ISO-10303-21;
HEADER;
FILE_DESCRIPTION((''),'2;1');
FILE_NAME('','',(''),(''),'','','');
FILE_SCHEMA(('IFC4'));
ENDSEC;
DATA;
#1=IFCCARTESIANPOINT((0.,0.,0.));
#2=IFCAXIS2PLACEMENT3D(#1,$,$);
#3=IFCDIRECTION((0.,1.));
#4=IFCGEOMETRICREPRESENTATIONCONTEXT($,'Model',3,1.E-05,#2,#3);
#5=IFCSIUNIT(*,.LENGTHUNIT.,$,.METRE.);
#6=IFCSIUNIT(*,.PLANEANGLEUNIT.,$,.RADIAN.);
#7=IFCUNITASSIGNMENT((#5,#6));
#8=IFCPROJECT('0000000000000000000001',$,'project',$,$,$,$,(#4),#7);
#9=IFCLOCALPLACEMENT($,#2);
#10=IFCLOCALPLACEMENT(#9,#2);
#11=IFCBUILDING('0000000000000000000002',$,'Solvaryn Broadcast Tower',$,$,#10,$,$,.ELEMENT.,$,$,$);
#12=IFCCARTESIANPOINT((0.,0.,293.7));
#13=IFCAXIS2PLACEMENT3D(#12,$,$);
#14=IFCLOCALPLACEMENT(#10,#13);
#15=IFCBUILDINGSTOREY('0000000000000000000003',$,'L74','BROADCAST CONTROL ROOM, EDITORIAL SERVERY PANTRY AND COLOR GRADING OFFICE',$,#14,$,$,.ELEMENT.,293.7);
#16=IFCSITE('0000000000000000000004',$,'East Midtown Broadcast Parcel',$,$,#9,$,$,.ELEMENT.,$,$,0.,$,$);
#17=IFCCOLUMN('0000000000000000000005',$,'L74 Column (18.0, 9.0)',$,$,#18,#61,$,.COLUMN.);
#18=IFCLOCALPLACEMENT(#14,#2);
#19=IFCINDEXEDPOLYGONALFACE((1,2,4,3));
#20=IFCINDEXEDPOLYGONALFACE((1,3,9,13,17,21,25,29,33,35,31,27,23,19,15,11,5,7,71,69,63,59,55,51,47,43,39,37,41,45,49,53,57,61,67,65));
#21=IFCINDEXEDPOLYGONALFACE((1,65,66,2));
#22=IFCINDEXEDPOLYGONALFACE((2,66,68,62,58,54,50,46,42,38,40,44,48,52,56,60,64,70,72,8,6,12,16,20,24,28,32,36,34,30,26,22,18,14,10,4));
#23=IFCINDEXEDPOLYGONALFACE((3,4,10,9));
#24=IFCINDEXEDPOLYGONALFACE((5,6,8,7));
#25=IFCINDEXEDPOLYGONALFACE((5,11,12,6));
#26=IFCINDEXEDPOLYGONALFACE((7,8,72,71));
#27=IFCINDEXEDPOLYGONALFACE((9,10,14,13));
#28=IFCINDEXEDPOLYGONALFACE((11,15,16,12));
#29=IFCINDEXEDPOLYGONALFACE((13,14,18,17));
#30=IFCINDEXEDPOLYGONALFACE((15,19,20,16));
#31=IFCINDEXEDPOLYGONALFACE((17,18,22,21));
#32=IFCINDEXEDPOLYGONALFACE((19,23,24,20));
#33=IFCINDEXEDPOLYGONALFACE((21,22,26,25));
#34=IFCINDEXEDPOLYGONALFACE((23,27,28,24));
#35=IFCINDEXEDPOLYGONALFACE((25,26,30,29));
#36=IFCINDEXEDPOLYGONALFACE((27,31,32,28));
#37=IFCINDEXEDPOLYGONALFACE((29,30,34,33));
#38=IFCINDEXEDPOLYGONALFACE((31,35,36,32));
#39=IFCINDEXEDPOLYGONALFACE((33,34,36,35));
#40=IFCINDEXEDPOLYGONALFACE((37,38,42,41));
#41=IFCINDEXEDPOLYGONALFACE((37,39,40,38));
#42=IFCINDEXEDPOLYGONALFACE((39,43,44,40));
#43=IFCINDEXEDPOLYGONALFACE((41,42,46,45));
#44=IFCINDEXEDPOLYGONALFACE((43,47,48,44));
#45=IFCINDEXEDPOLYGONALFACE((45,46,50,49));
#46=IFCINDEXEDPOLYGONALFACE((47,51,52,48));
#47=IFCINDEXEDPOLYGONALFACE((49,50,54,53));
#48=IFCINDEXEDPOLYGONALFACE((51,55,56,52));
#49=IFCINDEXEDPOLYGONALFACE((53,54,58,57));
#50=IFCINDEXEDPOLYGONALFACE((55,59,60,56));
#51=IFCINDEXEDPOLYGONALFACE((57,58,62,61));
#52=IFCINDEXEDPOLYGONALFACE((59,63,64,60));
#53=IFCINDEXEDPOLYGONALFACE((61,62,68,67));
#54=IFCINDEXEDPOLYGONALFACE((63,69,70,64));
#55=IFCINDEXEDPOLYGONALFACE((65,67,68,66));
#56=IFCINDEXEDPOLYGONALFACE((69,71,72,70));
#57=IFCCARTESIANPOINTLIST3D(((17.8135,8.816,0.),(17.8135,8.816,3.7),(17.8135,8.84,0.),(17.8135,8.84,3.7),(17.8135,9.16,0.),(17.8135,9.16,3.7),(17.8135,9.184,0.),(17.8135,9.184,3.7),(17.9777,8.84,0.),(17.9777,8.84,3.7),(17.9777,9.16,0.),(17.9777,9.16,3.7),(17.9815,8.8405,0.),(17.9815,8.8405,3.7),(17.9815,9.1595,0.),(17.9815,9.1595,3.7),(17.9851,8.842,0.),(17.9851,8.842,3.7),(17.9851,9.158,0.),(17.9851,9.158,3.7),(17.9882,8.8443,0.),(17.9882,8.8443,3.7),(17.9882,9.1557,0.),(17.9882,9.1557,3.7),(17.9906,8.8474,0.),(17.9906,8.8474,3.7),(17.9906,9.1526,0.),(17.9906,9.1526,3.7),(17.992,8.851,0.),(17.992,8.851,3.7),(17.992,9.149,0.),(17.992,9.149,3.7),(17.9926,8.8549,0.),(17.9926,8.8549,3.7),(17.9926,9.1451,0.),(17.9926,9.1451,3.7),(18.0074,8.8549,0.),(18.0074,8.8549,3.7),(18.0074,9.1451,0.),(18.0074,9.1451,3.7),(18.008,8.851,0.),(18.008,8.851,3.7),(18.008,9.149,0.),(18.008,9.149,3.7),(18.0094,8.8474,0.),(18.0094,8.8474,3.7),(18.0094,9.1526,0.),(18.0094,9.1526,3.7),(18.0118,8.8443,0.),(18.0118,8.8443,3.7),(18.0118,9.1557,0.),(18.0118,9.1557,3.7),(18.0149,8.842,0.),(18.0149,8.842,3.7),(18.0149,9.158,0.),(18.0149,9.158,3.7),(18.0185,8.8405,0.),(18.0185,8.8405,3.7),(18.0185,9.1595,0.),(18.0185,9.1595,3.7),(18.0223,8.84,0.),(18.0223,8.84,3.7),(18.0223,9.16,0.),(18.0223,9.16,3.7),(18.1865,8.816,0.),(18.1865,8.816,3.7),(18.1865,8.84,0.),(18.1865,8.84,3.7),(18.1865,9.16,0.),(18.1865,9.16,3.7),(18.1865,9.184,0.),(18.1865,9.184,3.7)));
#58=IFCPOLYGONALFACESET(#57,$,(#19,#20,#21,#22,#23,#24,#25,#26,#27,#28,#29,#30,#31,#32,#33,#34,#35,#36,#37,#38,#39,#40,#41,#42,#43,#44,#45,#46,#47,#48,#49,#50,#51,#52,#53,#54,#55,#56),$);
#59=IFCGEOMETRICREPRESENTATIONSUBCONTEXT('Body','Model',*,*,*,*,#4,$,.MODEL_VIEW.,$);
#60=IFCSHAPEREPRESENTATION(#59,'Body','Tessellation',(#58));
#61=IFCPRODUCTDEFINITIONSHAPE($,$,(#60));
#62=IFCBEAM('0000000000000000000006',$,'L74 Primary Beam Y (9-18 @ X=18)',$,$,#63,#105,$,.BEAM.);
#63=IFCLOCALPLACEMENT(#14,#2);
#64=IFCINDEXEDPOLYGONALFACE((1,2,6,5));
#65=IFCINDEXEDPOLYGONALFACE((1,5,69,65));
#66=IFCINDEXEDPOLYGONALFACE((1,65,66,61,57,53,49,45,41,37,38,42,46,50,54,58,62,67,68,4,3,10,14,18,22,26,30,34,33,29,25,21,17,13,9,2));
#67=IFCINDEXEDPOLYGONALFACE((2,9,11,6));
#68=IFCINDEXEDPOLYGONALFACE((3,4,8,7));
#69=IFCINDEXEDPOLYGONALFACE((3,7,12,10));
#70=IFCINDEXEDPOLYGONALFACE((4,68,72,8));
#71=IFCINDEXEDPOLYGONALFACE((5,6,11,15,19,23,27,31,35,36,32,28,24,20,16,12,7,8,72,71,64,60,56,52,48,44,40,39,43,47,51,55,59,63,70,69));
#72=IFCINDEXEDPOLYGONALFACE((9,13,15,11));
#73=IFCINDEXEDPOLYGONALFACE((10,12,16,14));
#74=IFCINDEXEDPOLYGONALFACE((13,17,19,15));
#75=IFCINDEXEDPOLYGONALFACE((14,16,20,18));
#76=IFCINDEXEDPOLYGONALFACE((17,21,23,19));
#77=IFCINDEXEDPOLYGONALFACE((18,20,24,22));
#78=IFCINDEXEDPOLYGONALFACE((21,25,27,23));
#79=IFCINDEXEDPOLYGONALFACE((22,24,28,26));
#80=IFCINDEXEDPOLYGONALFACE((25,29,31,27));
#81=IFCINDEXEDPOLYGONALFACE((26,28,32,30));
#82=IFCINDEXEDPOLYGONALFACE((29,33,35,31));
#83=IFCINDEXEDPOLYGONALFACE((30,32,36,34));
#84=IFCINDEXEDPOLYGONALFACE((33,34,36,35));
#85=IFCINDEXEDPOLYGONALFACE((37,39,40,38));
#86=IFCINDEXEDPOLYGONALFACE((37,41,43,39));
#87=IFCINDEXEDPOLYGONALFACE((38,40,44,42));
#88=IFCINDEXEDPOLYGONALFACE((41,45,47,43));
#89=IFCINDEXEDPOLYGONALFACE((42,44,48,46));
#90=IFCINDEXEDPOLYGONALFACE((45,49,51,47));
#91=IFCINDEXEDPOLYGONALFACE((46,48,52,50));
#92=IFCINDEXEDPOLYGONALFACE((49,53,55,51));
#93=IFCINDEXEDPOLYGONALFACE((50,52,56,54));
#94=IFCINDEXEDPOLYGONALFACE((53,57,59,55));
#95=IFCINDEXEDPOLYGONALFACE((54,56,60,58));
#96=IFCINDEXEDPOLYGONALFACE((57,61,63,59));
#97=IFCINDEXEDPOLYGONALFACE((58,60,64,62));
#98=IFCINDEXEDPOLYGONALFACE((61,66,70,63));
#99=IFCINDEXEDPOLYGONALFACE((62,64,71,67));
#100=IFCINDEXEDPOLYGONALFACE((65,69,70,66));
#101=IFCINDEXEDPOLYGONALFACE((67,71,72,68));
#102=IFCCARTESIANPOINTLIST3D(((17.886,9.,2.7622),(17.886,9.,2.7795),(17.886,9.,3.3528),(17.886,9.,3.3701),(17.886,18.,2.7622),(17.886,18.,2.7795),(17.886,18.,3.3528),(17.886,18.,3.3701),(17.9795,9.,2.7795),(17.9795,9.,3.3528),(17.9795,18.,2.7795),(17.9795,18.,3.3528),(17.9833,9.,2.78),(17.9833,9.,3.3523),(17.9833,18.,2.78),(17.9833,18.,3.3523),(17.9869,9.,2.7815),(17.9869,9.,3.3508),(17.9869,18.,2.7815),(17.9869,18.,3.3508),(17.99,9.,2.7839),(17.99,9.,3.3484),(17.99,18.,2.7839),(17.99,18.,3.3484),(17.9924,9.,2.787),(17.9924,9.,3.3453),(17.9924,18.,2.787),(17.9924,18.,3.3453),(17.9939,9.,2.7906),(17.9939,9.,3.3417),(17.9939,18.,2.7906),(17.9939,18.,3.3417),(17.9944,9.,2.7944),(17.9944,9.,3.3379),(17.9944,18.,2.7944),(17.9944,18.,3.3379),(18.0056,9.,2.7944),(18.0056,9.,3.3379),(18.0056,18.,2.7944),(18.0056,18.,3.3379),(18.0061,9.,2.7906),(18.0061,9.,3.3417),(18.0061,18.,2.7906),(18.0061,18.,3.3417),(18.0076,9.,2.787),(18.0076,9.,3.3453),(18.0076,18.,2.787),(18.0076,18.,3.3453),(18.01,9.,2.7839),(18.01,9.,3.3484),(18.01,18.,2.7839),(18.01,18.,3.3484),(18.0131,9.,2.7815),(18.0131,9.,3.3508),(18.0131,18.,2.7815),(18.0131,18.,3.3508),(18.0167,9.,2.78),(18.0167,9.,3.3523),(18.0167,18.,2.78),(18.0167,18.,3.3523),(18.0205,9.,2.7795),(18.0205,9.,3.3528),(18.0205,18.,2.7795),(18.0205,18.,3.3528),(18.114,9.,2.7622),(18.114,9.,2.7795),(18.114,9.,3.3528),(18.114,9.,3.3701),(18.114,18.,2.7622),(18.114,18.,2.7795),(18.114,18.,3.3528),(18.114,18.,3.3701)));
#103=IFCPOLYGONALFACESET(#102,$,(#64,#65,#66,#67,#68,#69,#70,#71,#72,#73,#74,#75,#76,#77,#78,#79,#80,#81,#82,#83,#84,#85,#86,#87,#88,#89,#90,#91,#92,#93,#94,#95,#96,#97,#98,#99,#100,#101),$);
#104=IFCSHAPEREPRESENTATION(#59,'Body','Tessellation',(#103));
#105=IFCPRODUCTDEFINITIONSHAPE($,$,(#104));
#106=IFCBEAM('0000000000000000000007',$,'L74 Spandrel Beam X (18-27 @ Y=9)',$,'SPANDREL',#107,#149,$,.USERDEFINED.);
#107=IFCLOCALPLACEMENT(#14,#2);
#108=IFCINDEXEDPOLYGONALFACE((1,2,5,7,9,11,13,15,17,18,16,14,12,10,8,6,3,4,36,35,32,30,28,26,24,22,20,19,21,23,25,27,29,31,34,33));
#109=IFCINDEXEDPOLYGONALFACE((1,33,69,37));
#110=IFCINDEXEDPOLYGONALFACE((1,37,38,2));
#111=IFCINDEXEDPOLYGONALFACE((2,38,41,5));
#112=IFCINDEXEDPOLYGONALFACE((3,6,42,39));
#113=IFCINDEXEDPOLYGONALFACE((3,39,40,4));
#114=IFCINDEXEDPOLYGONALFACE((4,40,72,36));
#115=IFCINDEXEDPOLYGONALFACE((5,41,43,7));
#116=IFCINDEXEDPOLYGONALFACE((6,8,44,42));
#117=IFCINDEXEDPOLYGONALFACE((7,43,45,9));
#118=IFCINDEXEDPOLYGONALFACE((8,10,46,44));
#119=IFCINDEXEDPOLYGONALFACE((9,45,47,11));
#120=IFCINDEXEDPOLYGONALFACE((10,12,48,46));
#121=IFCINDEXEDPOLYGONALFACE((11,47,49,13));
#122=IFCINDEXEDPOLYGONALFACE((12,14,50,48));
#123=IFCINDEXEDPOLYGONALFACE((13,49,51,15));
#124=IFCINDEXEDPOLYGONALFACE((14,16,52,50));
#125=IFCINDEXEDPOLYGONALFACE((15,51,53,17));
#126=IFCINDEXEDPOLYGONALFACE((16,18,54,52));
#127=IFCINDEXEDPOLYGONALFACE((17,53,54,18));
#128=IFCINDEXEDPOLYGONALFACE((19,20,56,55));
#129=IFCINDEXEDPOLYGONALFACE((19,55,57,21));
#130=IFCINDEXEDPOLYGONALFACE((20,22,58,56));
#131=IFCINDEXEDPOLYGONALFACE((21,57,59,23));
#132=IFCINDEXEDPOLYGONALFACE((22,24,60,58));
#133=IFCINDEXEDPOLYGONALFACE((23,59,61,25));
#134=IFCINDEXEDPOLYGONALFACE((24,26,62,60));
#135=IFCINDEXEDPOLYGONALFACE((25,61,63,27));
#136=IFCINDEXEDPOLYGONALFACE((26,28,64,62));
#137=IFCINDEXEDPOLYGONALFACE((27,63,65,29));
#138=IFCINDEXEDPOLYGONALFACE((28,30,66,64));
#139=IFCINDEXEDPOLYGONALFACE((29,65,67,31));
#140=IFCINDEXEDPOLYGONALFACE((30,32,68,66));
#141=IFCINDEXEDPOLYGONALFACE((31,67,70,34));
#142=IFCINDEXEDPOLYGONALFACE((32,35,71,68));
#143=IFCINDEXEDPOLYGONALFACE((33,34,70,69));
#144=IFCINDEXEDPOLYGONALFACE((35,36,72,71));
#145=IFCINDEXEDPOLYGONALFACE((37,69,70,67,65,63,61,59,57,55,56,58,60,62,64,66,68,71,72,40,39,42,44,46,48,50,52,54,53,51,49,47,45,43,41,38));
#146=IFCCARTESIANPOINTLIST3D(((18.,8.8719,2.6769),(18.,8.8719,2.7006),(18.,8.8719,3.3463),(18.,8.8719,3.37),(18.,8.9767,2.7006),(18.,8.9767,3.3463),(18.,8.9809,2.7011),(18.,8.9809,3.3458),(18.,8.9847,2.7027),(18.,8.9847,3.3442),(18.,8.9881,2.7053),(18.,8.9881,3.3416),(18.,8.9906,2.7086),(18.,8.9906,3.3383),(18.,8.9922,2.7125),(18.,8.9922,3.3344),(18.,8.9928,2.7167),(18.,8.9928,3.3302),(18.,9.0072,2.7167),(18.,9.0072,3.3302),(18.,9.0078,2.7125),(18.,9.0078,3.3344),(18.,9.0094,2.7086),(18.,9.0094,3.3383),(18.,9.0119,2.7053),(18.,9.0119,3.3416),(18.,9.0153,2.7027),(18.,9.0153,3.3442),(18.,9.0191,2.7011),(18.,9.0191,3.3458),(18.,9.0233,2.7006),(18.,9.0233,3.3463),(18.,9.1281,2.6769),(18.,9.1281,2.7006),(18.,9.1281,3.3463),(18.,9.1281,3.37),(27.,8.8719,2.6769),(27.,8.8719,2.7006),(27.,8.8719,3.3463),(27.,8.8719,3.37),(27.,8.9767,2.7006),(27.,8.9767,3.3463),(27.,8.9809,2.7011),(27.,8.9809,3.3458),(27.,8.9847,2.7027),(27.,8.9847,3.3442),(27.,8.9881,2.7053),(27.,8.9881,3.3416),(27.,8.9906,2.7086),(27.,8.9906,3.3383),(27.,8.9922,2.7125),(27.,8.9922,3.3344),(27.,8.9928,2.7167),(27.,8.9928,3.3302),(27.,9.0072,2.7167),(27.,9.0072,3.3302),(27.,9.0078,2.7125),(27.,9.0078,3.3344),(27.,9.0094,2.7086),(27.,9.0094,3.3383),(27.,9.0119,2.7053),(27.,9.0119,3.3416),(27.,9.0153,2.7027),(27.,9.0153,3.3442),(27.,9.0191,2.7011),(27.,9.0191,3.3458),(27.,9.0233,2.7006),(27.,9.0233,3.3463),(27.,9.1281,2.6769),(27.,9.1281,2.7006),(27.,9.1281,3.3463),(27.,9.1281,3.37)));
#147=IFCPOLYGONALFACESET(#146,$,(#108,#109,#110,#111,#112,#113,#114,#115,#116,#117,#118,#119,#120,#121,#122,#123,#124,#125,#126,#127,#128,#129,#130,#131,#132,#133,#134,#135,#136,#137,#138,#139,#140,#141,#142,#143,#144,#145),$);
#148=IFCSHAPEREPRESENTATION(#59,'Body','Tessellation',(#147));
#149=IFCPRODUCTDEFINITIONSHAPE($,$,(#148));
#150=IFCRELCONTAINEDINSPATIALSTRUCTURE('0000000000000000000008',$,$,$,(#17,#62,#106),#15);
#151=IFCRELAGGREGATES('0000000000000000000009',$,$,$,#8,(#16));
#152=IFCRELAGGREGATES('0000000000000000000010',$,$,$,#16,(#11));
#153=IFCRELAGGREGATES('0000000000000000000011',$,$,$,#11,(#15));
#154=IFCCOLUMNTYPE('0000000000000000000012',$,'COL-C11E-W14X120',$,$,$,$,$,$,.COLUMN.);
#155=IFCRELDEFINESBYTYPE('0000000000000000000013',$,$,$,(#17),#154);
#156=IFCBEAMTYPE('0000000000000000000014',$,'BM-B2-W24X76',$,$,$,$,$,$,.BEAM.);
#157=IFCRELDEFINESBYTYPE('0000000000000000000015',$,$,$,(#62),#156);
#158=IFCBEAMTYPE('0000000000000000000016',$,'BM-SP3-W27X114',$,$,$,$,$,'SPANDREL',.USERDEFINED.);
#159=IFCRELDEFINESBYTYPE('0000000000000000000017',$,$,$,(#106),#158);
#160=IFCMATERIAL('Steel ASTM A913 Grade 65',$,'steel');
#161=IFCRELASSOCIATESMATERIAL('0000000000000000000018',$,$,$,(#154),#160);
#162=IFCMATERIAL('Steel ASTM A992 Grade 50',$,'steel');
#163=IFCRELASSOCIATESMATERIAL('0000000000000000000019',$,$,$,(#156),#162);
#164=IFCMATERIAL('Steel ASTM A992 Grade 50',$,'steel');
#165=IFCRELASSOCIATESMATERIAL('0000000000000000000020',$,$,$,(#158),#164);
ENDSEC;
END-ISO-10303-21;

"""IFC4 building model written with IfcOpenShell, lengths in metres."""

from ifc_helpers import new_model, si_unit, direction, frame, origin, origin_2d, place, context, subcontext, project, spatial, i_section, extrude, material, material_profile, profile_set, type_object, element, save


model = new_model("IFC4")

# Units and contexts
model_context = context("Model", 3, precision=1e-05, world=origin(), true_north=direction((0.0, 1.0)))
body_context = subcontext(model_context, "Body", "Model", "MODEL_VIEW")
ifc_project = project(units=[si_unit("LENGTHUNIT", "METRE"), si_unit("PLANEANGLEUNIT", "RADIAN")], contexts=[model_context])

# Site, building, storey
site_placement = place(None, origin())
site = spatial("IfcSite", under=ifc_project, at=site_placement, Name="East Midtown Broadcast Parcel", CompositionType="ELEMENT", RefElevation=0.0)
building_placement = place(site_placement, origin())
building = spatial("IfcBuilding", under=site, at=building_placement, Name="Solvaryn Broadcast Tower", CompositionType="ELEMENT")
storey_placement = place(building_placement, frame((0.0, 0.0, 293.7)))
storey = spatial("IfcBuildingStorey", under=building, at=storey_placement, Name="L74", Description="BROADCAST CONTROL ROOM, EDITORIAL SERVERY PANTRY AND COLOR GRADING OFFICE", CompositionType="ELEMENT", Elevation=293.7)

# Column
ifc_material_1 = material(Name="Steel ASTM A913 Grade 65", Category="steel")
ifc_material_profile_1 = material_profile(ifc_material_1, i_section(OverallWidth=0.373, OverallDepth=0.3679, WebThickness=0.0149, FlangeThickness=0.0239, FilletRadius=0.0149, at=origin_2d()))
ifc_profile_set_1 = profile_set([ifc_material_profile_1], Name="Steel ASTM A913 Grade 65")
column_type = type_object("IfcColumnType", Name="COL-C11E-W14X120", PredefinedType="COLUMN", material=ifc_profile_set_1)
column_placement = place(storey_placement, frame((18.0, 9.0, 0.0), z_axis=(0.0, 0.0, 1.0), x_axis=(1.0, 0.0, 0.0)))
element("IfcColumn", 1, at=column_placement, inside=storey, type_object=column_type, Name="L74 Column (18.0, 9.0)", PredefinedType="COLUMN", context=body_context, shape_type="SweptSolid", body=[
    extrude(i_section(OverallWidth=0.373, OverallDepth=0.3679, WebThickness=0.0149, FlangeThickness=0.0239, FilletRadius=0.0149, at=origin_2d()), origin(), (0.0, 0.0, 1.0), 3.7),
])

# Beams
ifc_material_2 = material(Name="Steel ASTM A992 Grade 50", Category="steel")
ifc_material_profile_2 = material_profile(ifc_material_2, i_section(OverallWidth=0.228, OverallDepth=0.6079, WebThickness=0.0112, FlangeThickness=0.0173, FilletRadius=0.0149, at=origin_2d()))
ifc_profile_set_2 = profile_set([ifc_material_profile_2], Name="Steel ASTM A992 Grade 50")
beam_type_1 = type_object("IfcBeamType", Name="BM-B2-W24X76", PredefinedType="BEAM", material=ifc_profile_set_2)
beam_1_placement = place(storey_placement, frame((18.0, 9.0, 3.0662), z_axis=(0.0, 1.0, 0.0), x_axis=(-1.0, 0.0, 0.0)))
element("IfcBeam", 2, at=beam_1_placement, inside=storey, type_object=beam_type_1, Name="L74 Primary Beam Y (9-18 @ X=18)", PredefinedType="BEAM", context=body_context, shape_type="SweptSolid", body=[
    extrude(i_section(OverallWidth=0.228, OverallDepth=0.6079, WebThickness=0.0112, FlangeThickness=0.0173, FilletRadius=0.0149, at=origin_2d()), origin(), (0.0, 0.0, 1.0), 9.0),
])
ifc_material_3 = material(Name="Steel ASTM A992 Grade 50", Category="steel")
ifc_material_profile_3 = material_profile(ifc_material_3, i_section(OverallWidth=0.2561, OverallDepth=0.6931, WebThickness=0.0144, FlangeThickness=0.0237, FilletRadius=0.0161, at=origin_2d()))
ifc_profile_set_3 = profile_set([ifc_material_profile_3], Name="Steel ASTM A992 Grade 50")
beam_type_2 = type_object("IfcBeamType", Name="BM-SP3-W27X114", ElementType="SPANDREL", PredefinedType="USERDEFINED", material=ifc_profile_set_3)
beam_2_placement = place(storey_placement, frame((18.0, 9.0, 3.0234), z_axis=(1.0, 0.0, 0.0), x_axis=(0.0, 1.0, 0.0)))
element("IfcBeam", 3, at=beam_2_placement, inside=storey, type_object=beam_type_2, Name="L74 Spandrel Beam X (18-27 @ Y=9)", ObjectType="SPANDREL", PredefinedType="USERDEFINED", context=body_context, shape_type="SweptSolid", body=[
    extrude(i_section(OverallWidth=0.2561, OverallDepth=0.6931, WebThickness=0.0144, FlangeThickness=0.0237, FilletRadius=0.0161, at=origin_2d()), origin(), (0.0, 0.0, 1.0), 9.0),
])

save(model, "model.ifc")
